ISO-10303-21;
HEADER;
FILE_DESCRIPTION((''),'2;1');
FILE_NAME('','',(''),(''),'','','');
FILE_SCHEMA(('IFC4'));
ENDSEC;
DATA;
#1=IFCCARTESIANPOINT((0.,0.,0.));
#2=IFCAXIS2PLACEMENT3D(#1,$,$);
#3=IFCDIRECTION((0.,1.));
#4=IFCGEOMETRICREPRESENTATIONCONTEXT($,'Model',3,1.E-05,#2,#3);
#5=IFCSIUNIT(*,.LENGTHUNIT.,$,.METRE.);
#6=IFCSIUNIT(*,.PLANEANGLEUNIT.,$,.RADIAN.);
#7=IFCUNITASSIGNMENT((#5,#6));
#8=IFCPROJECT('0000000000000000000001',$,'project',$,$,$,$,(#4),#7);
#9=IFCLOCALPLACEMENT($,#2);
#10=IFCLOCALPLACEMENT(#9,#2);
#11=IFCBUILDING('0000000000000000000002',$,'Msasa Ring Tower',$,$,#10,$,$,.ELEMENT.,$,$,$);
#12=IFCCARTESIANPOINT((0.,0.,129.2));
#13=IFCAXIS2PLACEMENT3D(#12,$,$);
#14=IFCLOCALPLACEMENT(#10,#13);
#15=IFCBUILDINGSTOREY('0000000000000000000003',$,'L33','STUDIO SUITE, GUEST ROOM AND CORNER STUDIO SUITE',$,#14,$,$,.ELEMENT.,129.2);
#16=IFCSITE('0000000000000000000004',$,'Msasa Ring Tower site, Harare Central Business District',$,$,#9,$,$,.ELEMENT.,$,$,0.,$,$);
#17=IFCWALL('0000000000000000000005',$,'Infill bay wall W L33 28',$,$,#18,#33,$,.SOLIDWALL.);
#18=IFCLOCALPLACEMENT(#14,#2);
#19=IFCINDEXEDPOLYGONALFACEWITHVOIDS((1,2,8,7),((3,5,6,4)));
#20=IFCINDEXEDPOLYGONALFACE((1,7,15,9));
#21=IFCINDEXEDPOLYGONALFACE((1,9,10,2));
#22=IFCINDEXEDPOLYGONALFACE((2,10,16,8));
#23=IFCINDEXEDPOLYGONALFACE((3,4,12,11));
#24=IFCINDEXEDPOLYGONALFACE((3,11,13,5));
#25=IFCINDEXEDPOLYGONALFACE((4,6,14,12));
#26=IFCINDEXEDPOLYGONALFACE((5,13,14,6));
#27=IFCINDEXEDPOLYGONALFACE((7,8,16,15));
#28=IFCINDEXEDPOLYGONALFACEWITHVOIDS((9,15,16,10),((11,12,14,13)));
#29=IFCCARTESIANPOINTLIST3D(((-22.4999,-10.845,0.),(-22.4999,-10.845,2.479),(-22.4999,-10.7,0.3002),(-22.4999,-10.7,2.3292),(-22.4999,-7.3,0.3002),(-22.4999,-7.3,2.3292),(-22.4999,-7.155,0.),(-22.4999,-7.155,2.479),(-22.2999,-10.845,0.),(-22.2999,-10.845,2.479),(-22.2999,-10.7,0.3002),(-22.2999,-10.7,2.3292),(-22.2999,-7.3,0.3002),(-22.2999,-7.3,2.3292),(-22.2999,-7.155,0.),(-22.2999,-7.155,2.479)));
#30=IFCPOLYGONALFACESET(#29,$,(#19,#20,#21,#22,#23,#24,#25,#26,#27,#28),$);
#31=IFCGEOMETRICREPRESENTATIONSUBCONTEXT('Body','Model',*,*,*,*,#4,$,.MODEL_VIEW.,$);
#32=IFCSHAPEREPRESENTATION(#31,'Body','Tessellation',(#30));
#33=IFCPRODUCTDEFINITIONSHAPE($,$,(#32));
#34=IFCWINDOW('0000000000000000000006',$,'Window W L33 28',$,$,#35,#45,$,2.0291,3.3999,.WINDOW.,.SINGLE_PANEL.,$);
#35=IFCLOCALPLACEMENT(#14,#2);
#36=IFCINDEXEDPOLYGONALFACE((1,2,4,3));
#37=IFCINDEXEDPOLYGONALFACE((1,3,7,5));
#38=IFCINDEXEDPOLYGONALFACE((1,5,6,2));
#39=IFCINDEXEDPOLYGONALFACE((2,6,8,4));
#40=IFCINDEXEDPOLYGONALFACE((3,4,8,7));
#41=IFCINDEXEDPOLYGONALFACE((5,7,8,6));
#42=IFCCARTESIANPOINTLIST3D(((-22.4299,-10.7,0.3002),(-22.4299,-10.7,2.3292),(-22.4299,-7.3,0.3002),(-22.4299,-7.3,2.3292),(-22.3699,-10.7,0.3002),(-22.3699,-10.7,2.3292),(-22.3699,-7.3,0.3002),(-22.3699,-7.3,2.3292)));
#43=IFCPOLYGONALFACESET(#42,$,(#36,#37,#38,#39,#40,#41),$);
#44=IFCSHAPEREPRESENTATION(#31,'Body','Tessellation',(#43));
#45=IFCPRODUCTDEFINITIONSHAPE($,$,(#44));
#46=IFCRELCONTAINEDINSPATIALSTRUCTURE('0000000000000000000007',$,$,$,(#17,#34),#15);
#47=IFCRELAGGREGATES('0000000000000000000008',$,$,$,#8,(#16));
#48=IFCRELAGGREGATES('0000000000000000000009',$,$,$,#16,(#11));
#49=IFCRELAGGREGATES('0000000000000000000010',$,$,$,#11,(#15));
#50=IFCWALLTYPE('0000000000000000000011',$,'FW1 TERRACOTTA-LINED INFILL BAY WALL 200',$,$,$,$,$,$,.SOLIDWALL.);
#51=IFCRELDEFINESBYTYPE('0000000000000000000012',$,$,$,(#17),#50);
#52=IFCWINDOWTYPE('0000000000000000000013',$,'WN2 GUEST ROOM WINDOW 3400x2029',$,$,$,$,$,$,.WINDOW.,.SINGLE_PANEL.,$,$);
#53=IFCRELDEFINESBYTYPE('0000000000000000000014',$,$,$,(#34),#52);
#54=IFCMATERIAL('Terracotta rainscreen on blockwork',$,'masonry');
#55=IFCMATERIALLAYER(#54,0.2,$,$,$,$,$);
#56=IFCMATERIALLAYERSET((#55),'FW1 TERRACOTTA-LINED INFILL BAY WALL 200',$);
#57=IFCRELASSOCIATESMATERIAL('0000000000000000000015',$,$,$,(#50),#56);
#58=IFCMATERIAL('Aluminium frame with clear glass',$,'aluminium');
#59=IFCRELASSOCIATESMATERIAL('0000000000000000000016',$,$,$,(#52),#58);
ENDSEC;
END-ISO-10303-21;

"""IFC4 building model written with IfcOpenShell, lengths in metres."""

from ifc_helpers import new_model, si_unit, direction, frame, frame_2d, origin, place, context, subcontext, project, spatial, rectangle, extrude, material, layer, layer_set, type_object, element, fill, save


model = new_model("IFC4")

# Units and contexts
model_context = context("Model", 3, precision=1e-05, world=origin(), true_north=direction((0.0, 1.0)))
body_context = subcontext(model_context, "Body", "Model", "MODEL_VIEW")
ifc_project = project(units=[si_unit("LENGTHUNIT", "METRE"), si_unit("PLANEANGLEUNIT", "RADIAN")], contexts=[model_context])

# Site, building, storey
site_placement = place(None, origin())
site = spatial("IfcSite", under=ifc_project, at=site_placement, Name="Msasa Ring Tower site, Harare Central Business District", CompositionType="ELEMENT", RefElevation=0.0)
building_placement = place(site_placement, origin())
building = spatial("IfcBuilding", under=site, at=building_placement, Name="Msasa Ring Tower", CompositionType="ELEMENT")
storey_placement = place(building_placement, frame((0.0, 0.0, 129.2)))
storey = spatial("IfcBuildingStorey", under=building, at=storey_placement, Name="L33", Description="STUDIO SUITE, GUEST ROOM AND CORNER STUDIO SUITE", CompositionType="ELEMENT", Elevation=129.2)

# Wall, opening, window
ifc_material_1 = material(Name="Terracotta rainscreen on blockwork", Category="masonry")
ifc_layer_1 = layer(ifc_material_1, 0.2)
ifc_layer_set_1 = layer_set([ifc_layer_1], Name="FW1 TERRACOTTA-LINED INFILL BAY WALL 200")
wall_type_1 = type_object("IfcWallType", Name="FW1 TERRACOTTA-LINED INFILL BAY WALL 200", PredefinedType="SOLIDWALL", material=ifc_layer_set_1)
ifc_material_2 = material(Name="Aluminium frame with clear glass", Category="aluminium")
window_type = type_object("IfcWindowType", Name="WN2 GUEST ROOM WINDOW 3400x2029", PartitioningType="SINGLE_PANEL", PredefinedType="WINDOW", material=ifc_material_2)
wall_1_placement = place(storey_placement, frame((-22.3999, -10.845, 0.0), z_axis=(0.0, 0.0, 1.0), x_axis=(0.0, 1.0, 0.0)))
wall_1 = element("IfcWall", 1, at=wall_1_placement, inside=storey, type_object=wall_type_1, Name="Infill bay wall W L33 28", PredefinedType="SOLIDWALL", context=body_context, shape_type="SweptSolid", body=[
    extrude(rectangle(XDim=3.6899, YDim=0.2, at=frame_2d((1.845, 0.0))), origin(), (0.0, 0.0, 1.0), 2.479),
])
opening_1_placement = place(wall_1_placement, frame((0.145, 0.0, 0.3)))
opening_1 = element("IfcOpeningElement", 2, at=opening_1_placement, cuts=wall_1, PredefinedType="OPENING", context=body_context, shape_type="SweptSolid", body=[
    extrude(rectangle(XDim=3.3999, YDim=2.0291, at=frame_2d((1.7, 1.0146))), frame((0.0, 0.1099, 0.0), z_axis=(0.0, -1.0, 0.0), x_axis=(1.0, 0.0, 0.0)), (0.0, 0.0, 1.0), 0.22),
])
window_1_placement = place(opening_1_placement, origin())
window_1 = element("IfcWindow", 3, at=window_1_placement, inside=storey, type_object=window_type, Name="Window W L33 28", OverallHeight=2.0291, OverallWidth=3.3999, PartitioningType="SINGLE_PANEL", PredefinedType="WINDOW", context=body_context, shape_type="SweptSolid", body=[
    extrude(rectangle(XDim=3.3999, YDim=2.0291, at=frame_2d((1.7, 1.0146))), frame((0.0, 0.03, 0.0), z_axis=(0.0, -1.0, 0.0), x_axis=(1.0, 0.0, 0.0)), (0.0, 0.0, 1.0), 0.0601),
])
fill(opening_1, window_1)

save(model, "model.ifc")
